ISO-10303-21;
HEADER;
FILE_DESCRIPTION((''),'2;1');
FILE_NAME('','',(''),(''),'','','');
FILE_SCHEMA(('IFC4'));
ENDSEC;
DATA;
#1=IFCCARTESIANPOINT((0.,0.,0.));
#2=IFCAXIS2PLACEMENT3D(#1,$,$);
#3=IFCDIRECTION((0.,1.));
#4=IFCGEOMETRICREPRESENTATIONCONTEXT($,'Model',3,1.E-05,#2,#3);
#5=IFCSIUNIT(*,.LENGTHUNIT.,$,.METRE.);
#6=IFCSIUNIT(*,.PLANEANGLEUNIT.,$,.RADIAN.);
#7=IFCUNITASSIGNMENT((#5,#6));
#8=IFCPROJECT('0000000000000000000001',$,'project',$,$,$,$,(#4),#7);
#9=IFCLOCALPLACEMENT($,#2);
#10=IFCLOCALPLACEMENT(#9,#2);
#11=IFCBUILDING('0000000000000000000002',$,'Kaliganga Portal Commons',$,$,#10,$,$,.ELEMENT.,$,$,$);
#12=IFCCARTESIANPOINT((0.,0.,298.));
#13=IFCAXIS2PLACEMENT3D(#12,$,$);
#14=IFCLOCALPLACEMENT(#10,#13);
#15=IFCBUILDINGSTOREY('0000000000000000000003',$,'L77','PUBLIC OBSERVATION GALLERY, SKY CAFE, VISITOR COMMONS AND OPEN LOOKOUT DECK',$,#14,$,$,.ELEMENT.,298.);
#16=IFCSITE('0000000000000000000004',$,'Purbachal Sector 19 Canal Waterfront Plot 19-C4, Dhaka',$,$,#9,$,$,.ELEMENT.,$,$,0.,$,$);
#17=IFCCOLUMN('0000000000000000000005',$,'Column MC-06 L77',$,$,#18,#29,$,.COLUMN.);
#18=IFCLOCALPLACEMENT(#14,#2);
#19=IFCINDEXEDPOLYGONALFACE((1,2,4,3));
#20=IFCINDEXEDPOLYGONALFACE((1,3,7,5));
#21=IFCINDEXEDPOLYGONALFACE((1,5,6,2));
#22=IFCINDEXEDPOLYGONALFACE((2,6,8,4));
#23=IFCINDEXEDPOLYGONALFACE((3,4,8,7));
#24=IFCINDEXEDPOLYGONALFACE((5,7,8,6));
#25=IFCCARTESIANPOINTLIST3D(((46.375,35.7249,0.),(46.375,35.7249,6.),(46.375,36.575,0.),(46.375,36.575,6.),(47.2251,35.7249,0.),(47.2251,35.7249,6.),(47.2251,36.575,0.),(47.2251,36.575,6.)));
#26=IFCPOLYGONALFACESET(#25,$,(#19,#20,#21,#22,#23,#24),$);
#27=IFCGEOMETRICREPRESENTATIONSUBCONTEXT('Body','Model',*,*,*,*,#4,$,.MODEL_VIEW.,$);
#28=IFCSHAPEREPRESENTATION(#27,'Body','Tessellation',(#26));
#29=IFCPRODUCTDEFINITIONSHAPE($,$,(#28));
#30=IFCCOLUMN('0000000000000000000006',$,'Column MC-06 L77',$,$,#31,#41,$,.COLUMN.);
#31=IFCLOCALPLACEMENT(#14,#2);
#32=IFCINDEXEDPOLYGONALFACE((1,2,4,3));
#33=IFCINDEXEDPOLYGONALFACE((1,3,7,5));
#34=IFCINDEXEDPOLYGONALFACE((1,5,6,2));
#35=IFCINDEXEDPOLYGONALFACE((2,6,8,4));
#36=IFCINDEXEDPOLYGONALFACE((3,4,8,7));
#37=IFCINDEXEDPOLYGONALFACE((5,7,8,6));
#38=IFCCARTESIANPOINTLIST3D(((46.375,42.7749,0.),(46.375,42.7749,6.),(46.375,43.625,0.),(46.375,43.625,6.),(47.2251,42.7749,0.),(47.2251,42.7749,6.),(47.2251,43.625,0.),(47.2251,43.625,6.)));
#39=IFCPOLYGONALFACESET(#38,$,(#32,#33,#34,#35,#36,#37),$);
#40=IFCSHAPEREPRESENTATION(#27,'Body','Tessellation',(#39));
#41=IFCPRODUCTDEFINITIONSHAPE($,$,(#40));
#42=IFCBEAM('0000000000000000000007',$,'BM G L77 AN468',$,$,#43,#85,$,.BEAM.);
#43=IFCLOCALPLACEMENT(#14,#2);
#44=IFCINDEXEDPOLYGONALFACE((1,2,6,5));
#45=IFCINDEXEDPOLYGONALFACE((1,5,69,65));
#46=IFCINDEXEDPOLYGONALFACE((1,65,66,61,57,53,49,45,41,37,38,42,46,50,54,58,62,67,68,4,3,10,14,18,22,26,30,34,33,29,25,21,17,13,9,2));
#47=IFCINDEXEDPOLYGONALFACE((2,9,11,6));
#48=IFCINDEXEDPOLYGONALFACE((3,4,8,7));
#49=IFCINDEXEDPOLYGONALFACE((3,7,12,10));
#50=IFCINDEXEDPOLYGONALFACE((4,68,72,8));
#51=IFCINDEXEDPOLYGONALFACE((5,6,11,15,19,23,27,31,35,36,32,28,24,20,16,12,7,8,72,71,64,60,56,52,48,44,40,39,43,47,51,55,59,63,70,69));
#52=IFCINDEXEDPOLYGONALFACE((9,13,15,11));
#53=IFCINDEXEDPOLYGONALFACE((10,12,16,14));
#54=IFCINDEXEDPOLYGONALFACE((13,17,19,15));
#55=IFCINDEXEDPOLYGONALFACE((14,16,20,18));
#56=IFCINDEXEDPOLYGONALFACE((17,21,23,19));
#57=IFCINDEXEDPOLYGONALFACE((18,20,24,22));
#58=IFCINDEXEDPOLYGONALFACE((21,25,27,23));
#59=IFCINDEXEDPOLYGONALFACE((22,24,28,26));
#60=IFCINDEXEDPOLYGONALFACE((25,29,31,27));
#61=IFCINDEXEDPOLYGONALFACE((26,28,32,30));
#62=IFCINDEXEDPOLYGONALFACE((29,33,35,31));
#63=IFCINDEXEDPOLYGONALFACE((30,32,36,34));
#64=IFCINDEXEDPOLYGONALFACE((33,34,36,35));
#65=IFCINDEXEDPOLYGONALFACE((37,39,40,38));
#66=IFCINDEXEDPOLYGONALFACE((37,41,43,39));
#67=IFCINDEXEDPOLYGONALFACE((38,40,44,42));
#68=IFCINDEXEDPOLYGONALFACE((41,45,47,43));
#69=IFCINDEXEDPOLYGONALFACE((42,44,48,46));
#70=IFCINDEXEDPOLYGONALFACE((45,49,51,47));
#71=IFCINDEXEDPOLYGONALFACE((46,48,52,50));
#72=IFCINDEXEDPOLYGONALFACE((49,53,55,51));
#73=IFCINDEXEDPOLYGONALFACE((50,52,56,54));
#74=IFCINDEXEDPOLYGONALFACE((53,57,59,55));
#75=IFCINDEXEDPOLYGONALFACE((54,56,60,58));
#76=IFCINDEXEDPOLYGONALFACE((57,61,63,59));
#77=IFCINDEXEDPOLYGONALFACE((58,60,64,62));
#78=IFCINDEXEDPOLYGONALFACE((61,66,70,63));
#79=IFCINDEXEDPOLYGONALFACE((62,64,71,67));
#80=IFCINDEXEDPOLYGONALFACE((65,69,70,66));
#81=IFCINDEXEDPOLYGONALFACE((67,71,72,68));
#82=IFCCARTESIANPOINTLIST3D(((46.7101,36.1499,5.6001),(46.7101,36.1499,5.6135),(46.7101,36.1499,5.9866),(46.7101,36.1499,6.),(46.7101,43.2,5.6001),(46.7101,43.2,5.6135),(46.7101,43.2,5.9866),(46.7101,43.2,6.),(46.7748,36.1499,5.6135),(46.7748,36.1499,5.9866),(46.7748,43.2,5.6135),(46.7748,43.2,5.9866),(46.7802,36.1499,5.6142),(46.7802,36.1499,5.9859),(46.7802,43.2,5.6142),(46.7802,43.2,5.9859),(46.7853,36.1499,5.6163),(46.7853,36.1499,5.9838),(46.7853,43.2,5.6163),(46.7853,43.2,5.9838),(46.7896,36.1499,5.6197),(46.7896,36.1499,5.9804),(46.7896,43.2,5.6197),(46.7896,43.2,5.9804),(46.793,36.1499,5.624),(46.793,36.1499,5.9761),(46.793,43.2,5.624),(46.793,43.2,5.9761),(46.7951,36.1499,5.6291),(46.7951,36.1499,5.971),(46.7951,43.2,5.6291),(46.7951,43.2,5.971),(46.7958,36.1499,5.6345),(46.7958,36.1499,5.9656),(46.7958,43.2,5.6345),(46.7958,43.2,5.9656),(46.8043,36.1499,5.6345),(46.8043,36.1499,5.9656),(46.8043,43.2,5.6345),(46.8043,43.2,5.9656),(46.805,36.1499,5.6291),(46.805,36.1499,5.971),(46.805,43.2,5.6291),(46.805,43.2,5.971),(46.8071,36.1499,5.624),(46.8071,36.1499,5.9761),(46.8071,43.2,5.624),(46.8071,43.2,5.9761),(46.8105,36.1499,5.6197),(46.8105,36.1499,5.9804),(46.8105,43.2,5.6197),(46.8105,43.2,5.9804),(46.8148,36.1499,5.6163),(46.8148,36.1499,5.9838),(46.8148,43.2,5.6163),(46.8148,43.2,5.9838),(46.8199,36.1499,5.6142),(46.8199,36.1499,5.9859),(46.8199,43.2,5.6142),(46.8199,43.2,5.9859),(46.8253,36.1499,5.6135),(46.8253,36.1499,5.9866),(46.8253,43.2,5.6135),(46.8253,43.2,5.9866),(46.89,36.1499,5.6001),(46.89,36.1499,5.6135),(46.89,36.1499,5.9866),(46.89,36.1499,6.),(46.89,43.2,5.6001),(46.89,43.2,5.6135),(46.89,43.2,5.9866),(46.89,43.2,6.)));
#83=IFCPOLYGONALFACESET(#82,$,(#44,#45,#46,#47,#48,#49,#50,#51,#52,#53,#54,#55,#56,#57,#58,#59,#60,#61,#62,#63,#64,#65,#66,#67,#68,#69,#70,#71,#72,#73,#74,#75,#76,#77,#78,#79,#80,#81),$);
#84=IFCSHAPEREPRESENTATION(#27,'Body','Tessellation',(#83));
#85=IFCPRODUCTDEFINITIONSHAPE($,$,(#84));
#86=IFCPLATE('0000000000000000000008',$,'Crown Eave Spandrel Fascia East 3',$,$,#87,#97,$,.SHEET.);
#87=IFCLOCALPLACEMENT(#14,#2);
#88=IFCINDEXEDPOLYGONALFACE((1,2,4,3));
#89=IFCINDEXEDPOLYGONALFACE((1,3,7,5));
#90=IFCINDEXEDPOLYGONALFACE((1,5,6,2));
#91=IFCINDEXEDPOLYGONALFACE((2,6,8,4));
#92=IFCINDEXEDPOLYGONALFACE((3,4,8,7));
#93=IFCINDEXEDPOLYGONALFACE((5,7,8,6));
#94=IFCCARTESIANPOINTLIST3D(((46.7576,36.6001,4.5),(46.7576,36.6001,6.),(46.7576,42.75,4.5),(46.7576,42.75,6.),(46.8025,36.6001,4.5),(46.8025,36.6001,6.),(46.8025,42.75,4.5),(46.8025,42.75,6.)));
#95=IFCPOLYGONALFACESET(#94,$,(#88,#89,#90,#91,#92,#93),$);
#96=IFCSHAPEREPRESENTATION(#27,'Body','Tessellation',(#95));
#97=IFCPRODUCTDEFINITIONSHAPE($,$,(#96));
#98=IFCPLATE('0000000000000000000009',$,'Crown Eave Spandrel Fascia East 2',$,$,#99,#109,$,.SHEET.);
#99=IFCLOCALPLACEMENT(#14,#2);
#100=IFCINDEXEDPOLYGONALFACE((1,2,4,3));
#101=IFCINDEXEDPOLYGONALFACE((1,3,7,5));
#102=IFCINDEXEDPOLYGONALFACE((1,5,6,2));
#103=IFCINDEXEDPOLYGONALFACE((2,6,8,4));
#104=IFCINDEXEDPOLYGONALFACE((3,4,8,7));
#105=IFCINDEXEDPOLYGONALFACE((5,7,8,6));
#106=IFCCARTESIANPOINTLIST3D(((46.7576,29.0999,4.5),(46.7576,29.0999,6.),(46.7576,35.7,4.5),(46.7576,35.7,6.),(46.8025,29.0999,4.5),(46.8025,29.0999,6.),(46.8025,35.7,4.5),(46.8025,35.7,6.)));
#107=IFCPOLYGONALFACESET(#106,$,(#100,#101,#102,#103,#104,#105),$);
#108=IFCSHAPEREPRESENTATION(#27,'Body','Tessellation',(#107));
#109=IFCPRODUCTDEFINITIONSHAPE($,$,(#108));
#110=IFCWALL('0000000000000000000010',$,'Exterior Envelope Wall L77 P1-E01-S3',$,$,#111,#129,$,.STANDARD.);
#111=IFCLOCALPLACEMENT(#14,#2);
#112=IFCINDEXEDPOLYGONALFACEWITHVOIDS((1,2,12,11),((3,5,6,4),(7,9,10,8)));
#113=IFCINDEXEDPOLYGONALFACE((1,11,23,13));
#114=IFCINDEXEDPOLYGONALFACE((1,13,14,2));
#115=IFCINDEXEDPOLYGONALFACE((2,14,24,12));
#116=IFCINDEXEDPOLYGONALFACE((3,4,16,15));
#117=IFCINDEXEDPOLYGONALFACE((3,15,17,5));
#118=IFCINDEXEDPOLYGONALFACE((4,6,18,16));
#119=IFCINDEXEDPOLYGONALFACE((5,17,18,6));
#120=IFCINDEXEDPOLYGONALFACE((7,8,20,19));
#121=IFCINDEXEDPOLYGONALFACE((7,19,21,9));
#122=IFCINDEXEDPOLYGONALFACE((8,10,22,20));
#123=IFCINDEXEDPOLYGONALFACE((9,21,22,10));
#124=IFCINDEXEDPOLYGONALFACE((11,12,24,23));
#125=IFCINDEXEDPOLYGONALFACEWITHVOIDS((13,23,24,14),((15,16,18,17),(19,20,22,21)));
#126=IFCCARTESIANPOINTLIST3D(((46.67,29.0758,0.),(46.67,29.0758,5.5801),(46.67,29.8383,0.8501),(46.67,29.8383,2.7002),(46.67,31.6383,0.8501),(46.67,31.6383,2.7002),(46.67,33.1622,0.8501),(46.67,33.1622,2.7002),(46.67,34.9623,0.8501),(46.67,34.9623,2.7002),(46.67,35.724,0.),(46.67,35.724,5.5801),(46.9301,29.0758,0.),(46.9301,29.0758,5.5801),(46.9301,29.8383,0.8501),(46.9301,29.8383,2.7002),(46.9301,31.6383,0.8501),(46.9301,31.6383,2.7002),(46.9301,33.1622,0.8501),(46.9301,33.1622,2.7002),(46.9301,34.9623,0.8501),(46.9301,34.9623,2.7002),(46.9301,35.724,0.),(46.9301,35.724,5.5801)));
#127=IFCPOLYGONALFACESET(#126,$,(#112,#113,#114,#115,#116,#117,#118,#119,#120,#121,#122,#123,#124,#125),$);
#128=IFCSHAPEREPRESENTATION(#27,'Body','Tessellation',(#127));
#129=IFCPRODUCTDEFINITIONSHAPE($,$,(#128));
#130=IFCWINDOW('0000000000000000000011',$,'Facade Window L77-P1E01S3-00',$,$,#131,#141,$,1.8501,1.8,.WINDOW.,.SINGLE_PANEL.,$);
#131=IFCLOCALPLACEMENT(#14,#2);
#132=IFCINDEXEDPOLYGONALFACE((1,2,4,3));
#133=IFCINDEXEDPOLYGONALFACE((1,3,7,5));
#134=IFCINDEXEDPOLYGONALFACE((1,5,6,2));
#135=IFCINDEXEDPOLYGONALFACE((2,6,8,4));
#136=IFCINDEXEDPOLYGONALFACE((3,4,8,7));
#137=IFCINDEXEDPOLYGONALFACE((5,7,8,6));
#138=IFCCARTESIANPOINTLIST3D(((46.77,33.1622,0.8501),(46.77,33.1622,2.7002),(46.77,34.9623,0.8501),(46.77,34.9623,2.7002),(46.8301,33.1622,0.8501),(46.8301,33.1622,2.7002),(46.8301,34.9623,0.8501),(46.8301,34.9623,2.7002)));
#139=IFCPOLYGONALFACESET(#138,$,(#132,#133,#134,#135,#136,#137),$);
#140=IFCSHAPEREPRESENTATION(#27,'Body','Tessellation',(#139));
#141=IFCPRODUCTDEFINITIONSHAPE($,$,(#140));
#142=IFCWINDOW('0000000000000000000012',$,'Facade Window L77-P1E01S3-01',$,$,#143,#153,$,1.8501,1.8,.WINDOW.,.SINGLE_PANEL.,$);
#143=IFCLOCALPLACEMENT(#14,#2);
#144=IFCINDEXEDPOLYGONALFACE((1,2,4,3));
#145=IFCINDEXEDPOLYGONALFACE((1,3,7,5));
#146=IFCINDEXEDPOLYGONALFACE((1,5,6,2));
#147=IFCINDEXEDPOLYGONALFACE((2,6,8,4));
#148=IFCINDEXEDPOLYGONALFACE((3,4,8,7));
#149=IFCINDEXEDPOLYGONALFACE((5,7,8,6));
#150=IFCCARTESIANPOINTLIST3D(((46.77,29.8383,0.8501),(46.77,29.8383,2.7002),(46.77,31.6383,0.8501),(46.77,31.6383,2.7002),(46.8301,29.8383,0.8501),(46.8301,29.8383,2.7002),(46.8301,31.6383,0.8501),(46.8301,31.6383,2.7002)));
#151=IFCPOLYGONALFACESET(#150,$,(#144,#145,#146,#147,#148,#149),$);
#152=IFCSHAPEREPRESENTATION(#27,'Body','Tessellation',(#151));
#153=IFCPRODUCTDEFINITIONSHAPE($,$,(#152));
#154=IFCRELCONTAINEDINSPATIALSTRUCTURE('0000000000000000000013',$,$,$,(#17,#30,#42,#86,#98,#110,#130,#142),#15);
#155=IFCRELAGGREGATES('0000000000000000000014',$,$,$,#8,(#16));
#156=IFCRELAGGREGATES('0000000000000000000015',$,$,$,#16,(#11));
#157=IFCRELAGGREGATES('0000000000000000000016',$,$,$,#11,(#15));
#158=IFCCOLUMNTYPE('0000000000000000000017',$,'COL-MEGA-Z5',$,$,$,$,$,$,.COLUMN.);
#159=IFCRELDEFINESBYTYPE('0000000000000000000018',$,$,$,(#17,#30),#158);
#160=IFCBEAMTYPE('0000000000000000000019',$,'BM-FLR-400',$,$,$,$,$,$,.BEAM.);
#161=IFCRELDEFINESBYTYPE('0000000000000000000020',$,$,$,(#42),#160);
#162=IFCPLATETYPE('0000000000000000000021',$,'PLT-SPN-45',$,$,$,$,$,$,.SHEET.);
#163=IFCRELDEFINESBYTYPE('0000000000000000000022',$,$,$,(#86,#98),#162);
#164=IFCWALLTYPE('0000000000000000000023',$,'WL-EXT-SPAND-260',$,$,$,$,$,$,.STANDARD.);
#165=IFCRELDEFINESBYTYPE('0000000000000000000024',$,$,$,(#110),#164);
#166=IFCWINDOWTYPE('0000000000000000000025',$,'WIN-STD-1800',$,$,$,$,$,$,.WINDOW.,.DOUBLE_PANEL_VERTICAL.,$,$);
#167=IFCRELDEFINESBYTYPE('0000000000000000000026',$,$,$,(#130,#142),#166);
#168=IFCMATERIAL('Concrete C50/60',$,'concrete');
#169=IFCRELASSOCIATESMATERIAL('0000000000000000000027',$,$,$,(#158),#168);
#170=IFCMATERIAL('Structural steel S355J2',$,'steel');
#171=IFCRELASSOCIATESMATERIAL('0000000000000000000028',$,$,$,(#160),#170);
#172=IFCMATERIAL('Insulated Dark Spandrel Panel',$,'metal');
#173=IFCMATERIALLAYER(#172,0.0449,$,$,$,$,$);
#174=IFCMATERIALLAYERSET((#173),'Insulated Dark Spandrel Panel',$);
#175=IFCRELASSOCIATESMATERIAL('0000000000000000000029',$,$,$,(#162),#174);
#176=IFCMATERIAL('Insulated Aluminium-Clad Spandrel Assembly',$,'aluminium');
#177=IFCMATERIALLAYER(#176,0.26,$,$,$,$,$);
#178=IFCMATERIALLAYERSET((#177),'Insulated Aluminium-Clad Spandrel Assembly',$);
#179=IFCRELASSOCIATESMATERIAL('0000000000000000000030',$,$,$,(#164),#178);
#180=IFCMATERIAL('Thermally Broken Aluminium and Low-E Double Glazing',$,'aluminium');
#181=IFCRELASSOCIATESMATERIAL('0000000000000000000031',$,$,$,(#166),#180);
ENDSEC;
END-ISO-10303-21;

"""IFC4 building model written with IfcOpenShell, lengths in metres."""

from ifc_helpers import new_model, si_unit, direction, frame, frame_2d, origin, origin_2d, place, context, subcontext, project, spatial, rectangle, i_section, extrude, source, transform, mapped, material, layer, layer_set, material_profile, profile_set, type_object, element, fill, save


model = new_model("IFC4")

# Units and contexts
model_context = context("Model", 3, precision=1e-05, world=origin(), true_north=direction((0.0, 1.0)))
body_context = subcontext(model_context, "Body", "Model", "MODEL_VIEW")
ifc_project = project(units=[si_unit("LENGTHUNIT", "METRE"), si_unit("PLANEANGLEUNIT", "RADIAN")], contexts=[model_context])

# Site, building, storey
site_placement = place(None, origin())
site = spatial("IfcSite", under=ifc_project, at=site_placement, Name="Purbachal Sector 19 Canal Waterfront Plot 19-C4, Dhaka", CompositionType="ELEMENT", RefElevation=0.0)
building_placement = place(site_placement, origin())
building = spatial("IfcBuilding", under=site, at=building_placement, Name="Kaliganga Portal Commons", CompositionType="ELEMENT")
storey_placement = place(building_placement, frame((0.0, 0.0, 298.0)))
storey = spatial("IfcBuildingStorey", under=building, at=storey_placement, Name="L77", Description="PUBLIC OBSERVATION GALLERY, SKY CAFE, VISITOR COMMONS AND OPEN LOOKOUT DECK", CompositionType="ELEMENT", Elevation=298.0)

# Columns
ifc_material_1 = material(Name="Concrete C50/60", Category="concrete")
ifc_material_profile_1 = material_profile(ifc_material_1, rectangle(XDim=0.8501, YDim=0.8501, at=origin_2d()), Name="RC 850x850")
ifc_profile_set_1 = profile_set([ifc_material_profile_1], Name="Concrete C50/60")
column_type = type_object("IfcColumnType", Name="COL-MEGA-Z5", PredefinedType="COLUMN", material=ifc_profile_set_1)
shared_shape_1 = source(origin(), body_context, "Body", "SweptSolid", [
    extrude(rectangle(XDim=0.8501, YDim=0.8501, at=origin_2d()), origin(), (0.0, 0.0, 1.0), 6.0),
])
for number, where, z_axis, x_axis, name in (
    (1, (46.8, 36.1499, 0.0), (0.0, 0.0, 1.0), (1.0, 0.0, 0.0), "Column MC-06 L77"),
    (2, (46.8, 43.2, 0.0), (0.0, 0.0, 1.0), (1.0, 0.0, 0.0), "Column MC-06 L77"),
):
    element("IfcColumn", number, at=place(storey_placement, frame(where, z_axis=z_axis, x_axis=x_axis)), inside=storey, type_object=column_type, Name=name, PredefinedType="COLUMN", context=body_context, shape_type="MappedRepresentation", body=[
        mapped(shared_shape_1, transform((0.0, 0.0, 0.0), x_axis=(1.0, 0.0, 0.0), y_axis=(0.0, 1.0, 0.0), z_axis=(0.0, 0.0, 1.0), scale=1.0)),
    ])

# Beam
ifc_material_2 = material(Name="Structural steel S355J2", Category="steel")
ifc_material_profile_2 = material_profile(ifc_material_2, i_section(OverallWidth=0.1799, OverallDepth=0.3999, WebThickness=0.0085, FlangeThickness=0.0134, FilletRadius=0.021, at=origin_2d()), Name="IPE 400")
ifc_profile_set_2 = profile_set([ifc_material_profile_2], Name="Structural steel S355J2 wide-flange")
beam_type = type_object("IfcBeamType", Name="BM-FLR-400", PredefinedType="BEAM", material=ifc_profile_set_2)
shared_shape_2 = source(origin(), body_context, "Body", "SweptSolid", [
    extrude(i_section(OverallWidth=0.1799, OverallDepth=0.3999, WebThickness=0.0085, FlangeThickness=0.0134, FilletRadius=0.021, at=origin_2d()), origin(), (0.0, 0.0, 1.0), 7.05),
])
beam_placement = place(storey_placement, frame((46.8, 36.1499, 5.8), z_axis=(0.0, 1.0, 0.0), x_axis=(-1.0, 0.0, 0.0)))
element("IfcBeam", 3, at=beam_placement, inside=storey, type_object=beam_type, Name="BM G L77 AN468", PredefinedType="BEAM", context=body_context, shape_type="MappedRepresentation", body=[
    mapped(shared_shape_2, transform((0.0, 0.0, 0.0), x_axis=(1.0, 0.0, 0.0), y_axis=(0.0, 1.0, 0.0), z_axis=(0.0, 0.0, 1.0), scale=1.0)),
])

# Plates
ifc_material_3 = material(Name="Insulated Dark Spandrel Panel", Category="metal")
ifc_layer_1 = layer(ifc_material_3, 0.0449)
ifc_layer_set_1 = layer_set([ifc_layer_1], Name="Insulated Dark Spandrel Panel")
plate_type = type_object("IfcPlateType", Name="PLT-SPN-45", PredefinedType="SHEET", material=ifc_layer_set_1)
shared_shape_3 = source(origin(), body_context, "Body", "SweptSolid", [
    extrude(rectangle(XDim=6.1499, YDim=0.0449, at=origin_2d()), origin(), (0.0, 0.0, 1.0), 1.5),
])
plate_1_placement = place(storey_placement, frame((46.78, 39.675, 4.5), z_axis=(0.0, 0.0, 1.0), x_axis=(0.0, 1.0, 0.0)))
element("IfcPlate", 4, at=plate_1_placement, inside=storey, type_object=plate_type, Name="Crown Eave Spandrel Fascia East 3", PredefinedType="SHEET", context=body_context, shape_type="MappedRepresentation", body=[
    mapped(shared_shape_3, transform((0.0, 0.0, 0.0), x_axis=(1.0, 0.0, 0.0), y_axis=(0.0, 1.0, 0.0), z_axis=(0.0, 0.0, 1.0), scale=1.0)),
])
shared_shape_4 = source(origin(), body_context, "Body", "SweptSolid", [
    extrude(rectangle(XDim=6.6001, YDim=0.0449, at=origin_2d()), origin(), (0.0, 0.0, 1.0), 1.5),
])
plate_2_placement = place(storey_placement, frame((46.78, 32.3999, 4.5), z_axis=(0.0, 0.0, 1.0), x_axis=(0.0, 1.0, 0.0)))
element("IfcPlate", 5, at=plate_2_placement, inside=storey, type_object=plate_type, Name="Crown Eave Spandrel Fascia East 2", PredefinedType="SHEET", context=body_context, shape_type="MappedRepresentation", body=[
    mapped(shared_shape_4, transform((0.0, 0.0, 0.0), x_axis=(1.0, 0.0, 0.0), y_axis=(0.0, 1.0, 0.0), z_axis=(0.0, 0.0, 1.0), scale=1.0)),
])

# Wall, openings, windows
ifc_material_4 = material(Name="Insulated Aluminium-Clad Spandrel Assembly", Category="aluminium")
ifc_layer_2 = layer(ifc_material_4, 0.26)
ifc_layer_set_2 = layer_set([ifc_layer_2], Name="Insulated Aluminium-Clad Spandrel Assembly")
wall_type_1 = type_object("IfcWallType", Name="WL-EXT-SPAND-260", PredefinedType="STANDARD", material=ifc_layer_set_2)
wall_1_placement = place(storey_placement, frame((46.8, 35.7241, 0.0), z_axis=(0.0, 0.0, 1.0), x_axis=(0.0, -1.0, 0.0)))
wall_1 = element("IfcWall", 6, at=wall_1_placement, inside=storey, type_object=wall_type_1, Name="Exterior Envelope Wall L77 P1-E01-S3", PredefinedType="STANDARD", context=body_context, shape_type="SweptSolid", body=[
    extrude(rectangle(XDim=6.6482, YDim=0.26, at=frame_2d((3.3242, 0.0))), origin(), (0.0, 0.0, 1.0), 5.5801),
])
opening_1_placement = place(wall_1_placement, frame((0.762, 0.0, 0.8501)))
opening_1 = element("IfcOpeningElement", 7, at=opening_1_placement, cuts=wall_1, PredefinedType="OPENING", context=body_context, shape_type="SweptSolid", body=[
    extrude(rectangle(XDim=1.8, YDim=1.8501, at=frame_2d((0.8999, 0.925))), frame((0.0, 0.1401, 0.0), z_axis=(0.0, -1.0, 0.0), x_axis=(1.0, 0.0, 0.0)), (0.0, 0.0, 1.0), 0.28),
])
opening_2_placement = place(wall_1_placement, frame((4.0859, 0.0, 0.8501)))
opening_2 = element("IfcOpeningElement", 8, at=opening_2_placement, cuts=wall_1, PredefinedType="OPENING", context=body_context, shape_type="SweptSolid", body=[
    extrude(rectangle(XDim=1.8, YDim=1.8501, at=frame_2d((0.8999, 0.925))), frame((0.0, 0.1401, 0.0), z_axis=(0.0, -1.0, 0.0), x_axis=(1.0, 0.0, 0.0)), (0.0, 0.0, 1.0), 0.28),
])
ifc_material_5 = material(Name="Thermally Broken Aluminium and Low-E Double Glazing", Category="aluminium")
window_type_1 = type_object("IfcWindowType", Name="WIN-STD-1800", PartitioningType="DOUBLE_PANEL_VERTICAL", PredefinedType="WINDOW", material=ifc_material_5)
window_1_placement = place(opening_1_placement, origin())
window_1 = element("IfcWindow", 9, at=window_1_placement, inside=storey, type_object=window_type_1, Name="Facade Window L77-P1E01S3-00", OverallHeight=1.8501, OverallWidth=1.8, PartitioningType="SINGLE_PANEL", PredefinedType="WINDOW", context=body_context, shape_type="SweptSolid", body=[
    extrude(rectangle(XDim=1.8, YDim=1.8501, at=frame_2d((0.8999, 0.925))), frame((0.0, 0.03, 0.0), z_axis=(0.0, -1.0, 0.0), x_axis=(1.0, 0.0, 0.0)), (0.0, 0.0, 1.0), 0.0601),
])
fill(opening_1, window_1)
window_2_placement = place(opening_2_placement, origin())
window_2 = element("IfcWindow", 10, at=window_2_placement, inside=storey, type_object=window_type_1, Name="Facade Window L77-P1E01S3-01", OverallHeight=1.8501, OverallWidth=1.8, PartitioningType="SINGLE_PANEL", PredefinedType="WINDOW", context=body_context, shape_type="SweptSolid", body=[
    extrude(rectangle(XDim=1.8, YDim=1.8501, at=frame_2d((0.8999, 0.925))), frame((0.0, 0.03, 0.0), z_axis=(0.0, -1.0, 0.0), x_axis=(1.0, 0.0, 0.0)), (0.0, 0.0, 1.0), 0.0601),
])
fill(opening_2, window_2)

save(model, "model.ifc")
